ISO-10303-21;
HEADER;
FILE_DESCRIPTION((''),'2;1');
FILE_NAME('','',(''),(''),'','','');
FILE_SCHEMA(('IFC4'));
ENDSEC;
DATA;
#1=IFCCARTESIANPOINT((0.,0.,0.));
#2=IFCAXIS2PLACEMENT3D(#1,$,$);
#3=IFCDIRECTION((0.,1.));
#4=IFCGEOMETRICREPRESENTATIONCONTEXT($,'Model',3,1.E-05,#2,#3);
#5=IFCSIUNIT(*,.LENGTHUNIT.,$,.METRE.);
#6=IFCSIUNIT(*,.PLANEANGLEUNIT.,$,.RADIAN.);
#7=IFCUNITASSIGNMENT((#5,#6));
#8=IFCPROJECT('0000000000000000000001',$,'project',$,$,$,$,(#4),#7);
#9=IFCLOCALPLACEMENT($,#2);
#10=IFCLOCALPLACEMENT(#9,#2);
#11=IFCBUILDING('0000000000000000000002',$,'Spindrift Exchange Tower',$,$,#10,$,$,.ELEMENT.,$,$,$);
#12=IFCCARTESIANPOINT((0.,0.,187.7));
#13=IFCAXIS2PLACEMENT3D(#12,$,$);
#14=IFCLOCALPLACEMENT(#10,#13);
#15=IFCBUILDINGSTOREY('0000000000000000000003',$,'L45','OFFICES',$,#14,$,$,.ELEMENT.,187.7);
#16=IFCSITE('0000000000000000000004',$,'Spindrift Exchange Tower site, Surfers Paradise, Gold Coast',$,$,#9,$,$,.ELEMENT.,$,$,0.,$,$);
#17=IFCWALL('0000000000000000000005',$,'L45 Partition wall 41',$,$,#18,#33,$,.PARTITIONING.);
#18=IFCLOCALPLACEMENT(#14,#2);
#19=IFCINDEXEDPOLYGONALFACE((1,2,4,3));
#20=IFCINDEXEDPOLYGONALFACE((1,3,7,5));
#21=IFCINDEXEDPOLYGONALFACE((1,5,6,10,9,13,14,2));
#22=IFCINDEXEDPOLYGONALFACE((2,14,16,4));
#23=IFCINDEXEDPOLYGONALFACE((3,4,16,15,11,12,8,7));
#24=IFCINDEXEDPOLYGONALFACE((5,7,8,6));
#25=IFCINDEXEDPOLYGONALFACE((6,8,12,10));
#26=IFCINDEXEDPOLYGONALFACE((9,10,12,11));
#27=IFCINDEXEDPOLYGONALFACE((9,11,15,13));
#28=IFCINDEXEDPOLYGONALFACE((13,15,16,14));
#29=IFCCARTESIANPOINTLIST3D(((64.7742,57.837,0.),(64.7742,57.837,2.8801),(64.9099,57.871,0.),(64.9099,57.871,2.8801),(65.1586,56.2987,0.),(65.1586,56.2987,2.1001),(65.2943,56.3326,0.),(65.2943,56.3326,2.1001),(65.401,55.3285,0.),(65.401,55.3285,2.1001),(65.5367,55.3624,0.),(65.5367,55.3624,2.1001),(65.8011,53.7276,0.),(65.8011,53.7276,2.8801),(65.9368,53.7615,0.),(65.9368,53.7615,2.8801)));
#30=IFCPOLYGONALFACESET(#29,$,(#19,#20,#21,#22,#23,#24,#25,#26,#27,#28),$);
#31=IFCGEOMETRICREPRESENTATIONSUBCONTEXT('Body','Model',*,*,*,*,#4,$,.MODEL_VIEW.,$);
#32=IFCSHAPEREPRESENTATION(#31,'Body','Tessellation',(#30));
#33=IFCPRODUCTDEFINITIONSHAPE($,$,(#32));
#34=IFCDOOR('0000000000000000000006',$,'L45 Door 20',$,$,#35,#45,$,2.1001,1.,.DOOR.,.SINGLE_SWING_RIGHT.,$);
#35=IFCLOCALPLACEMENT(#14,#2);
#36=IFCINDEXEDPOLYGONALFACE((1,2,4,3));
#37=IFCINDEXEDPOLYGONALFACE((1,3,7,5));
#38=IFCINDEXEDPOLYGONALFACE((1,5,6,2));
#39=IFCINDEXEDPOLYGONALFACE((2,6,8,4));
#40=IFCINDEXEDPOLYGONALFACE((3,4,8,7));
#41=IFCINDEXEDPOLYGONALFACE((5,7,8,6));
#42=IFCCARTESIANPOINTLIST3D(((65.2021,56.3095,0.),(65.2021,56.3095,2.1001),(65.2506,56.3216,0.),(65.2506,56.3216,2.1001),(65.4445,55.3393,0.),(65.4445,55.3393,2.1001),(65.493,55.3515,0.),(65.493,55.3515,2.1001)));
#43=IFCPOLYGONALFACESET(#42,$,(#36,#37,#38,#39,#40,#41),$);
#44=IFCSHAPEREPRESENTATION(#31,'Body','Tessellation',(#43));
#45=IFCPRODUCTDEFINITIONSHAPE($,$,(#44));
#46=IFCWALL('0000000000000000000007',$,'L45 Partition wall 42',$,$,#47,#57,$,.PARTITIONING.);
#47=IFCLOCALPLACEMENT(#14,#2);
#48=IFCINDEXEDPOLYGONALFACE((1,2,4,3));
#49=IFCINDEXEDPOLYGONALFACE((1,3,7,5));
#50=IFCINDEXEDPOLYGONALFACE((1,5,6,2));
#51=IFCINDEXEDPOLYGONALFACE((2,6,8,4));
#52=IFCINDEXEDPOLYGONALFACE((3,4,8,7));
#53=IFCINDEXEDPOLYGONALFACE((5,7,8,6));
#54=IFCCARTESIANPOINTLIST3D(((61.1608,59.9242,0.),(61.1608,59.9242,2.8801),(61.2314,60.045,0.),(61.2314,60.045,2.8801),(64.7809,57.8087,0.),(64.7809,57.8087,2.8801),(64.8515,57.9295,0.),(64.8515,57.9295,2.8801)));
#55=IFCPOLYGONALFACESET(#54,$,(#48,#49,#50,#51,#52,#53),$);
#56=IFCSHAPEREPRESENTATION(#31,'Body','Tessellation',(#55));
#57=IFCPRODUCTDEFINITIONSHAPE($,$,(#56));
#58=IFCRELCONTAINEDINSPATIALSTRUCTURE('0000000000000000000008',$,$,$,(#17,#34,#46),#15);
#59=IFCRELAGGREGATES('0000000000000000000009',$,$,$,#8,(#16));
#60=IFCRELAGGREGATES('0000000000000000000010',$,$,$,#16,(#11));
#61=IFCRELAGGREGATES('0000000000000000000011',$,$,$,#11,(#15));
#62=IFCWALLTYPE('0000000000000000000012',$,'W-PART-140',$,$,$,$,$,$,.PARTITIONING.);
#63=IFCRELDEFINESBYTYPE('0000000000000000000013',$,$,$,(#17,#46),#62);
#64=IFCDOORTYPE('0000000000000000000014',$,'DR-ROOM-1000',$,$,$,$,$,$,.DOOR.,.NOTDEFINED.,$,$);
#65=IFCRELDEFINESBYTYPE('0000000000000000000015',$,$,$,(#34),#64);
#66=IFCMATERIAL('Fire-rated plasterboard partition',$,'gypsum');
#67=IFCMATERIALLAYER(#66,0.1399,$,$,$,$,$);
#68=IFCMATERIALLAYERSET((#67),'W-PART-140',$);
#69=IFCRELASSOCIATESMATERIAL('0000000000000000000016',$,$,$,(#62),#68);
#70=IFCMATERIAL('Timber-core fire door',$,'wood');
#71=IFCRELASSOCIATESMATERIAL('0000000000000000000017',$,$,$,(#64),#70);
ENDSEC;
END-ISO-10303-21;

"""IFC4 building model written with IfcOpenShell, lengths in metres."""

from ifc_helpers import new_model, si_unit, direction, frame, frame_2d, origin, place, context, subcontext, project, spatial, rectangle, extrude, source, transform, mapped, material, layer, layer_set, type_object, element, fill, save


model = new_model("IFC4")

# Units and contexts
model_context = context("Model", 3, precision=1e-05, world=origin(), true_north=direction((0.0, 1.0)))
body_context = subcontext(model_context, "Body", "Model", "MODEL_VIEW")
ifc_project = project(units=[si_unit("LENGTHUNIT", "METRE"), si_unit("PLANEANGLEUNIT", "RADIAN")], contexts=[model_context])

# Site, building, storey
site_placement = place(None, origin())
site = spatial("IfcSite", under=ifc_project, at=site_placement, Name="Spindrift Exchange Tower site, Surfers Paradise, Gold Coast", CompositionType="ELEMENT", RefElevation=0.0)
building_placement = place(site_placement, origin())
building = spatial("IfcBuilding", under=site, at=building_placement, Name="Spindrift Exchange Tower", CompositionType="ELEMENT")
storey_placement = place(building_placement, frame((0.0, 0.0, 187.7)))
storey = spatial("IfcBuildingStorey", under=building, at=storey_placement, Name="L45", Description="OFFICES", CompositionType="ELEMENT", Elevation=187.7)

# Wall, opening, door
ifc_material_1 = material(Name="Fire-rated plasterboard partition", Category="gypsum")
ifc_layer_1 = layer(ifc_material_1, 0.1399)
ifc_layer_set_1 = layer_set([ifc_layer_1], Name="W-PART-140")
wall_type = type_object("IfcWallType", Name="W-PART-140", PredefinedType="PARTITIONING", material=ifc_layer_set_1)
wall_1_placement = place(storey_placement, frame((64.842, 57.854, 0.0), z_axis=(0.0, 0.0, 1.0), x_axis=(0.242427, -0.97017, 0.0)))
wall_1 = element("IfcWall", 1, at=wall_1_placement, inside=storey, type_object=wall_type, Name="L45 Partition wall 41", PredefinedType="PARTITIONING", context=body_context, shape_type="SweptSolid", body=[
    extrude(rectangle(XDim=4.2358, YDim=0.1399, at=frame_2d((2.1179, 0.0))), origin(), (0.0, 0.0, 1.0), 2.8801),
])
opening_placement = place(wall_1_placement, frame((1.5857, 0.0, 0.0)))
opening = element("IfcOpeningElement", 2, at=opening_placement, cuts=wall_1, PredefinedType="OPENING", context=body_context, shape_type="SweptSolid", body=[
    extrude(rectangle(XDim=1.0, YDim=2.1001, at=frame_2d((0.5, 1.05))), frame((0.0, 0.0798, 0.0), z_axis=(0.0, -1.0, 0.0), x_axis=(1.0, 0.0, 0.0)), (0.0, 0.0, 1.0), 0.1599),
])
ifc_material_2 = material(Name="Timber-core fire door", Category="wood")
door_type = type_object("IfcDoorType", Name="DR-ROOM-1000", OperationType="NOTDEFINED", PredefinedType="DOOR", material=ifc_material_2)
shared_shape_1 = source(origin(), body_context, "Body", "SweptSolid", [
    extrude(rectangle(XDim=1.0, YDim=2.1001, at=frame_2d((0.5, 1.05))), frame((0.0, 0.0249, 0.0), z_axis=(0.0, -1.0, 0.0), x_axis=(1.0, 0.0, 0.0)), (0.0, 0.0, 1.0), 0.05),
])
door_placement = place(opening_placement, origin())
door = element("IfcDoor", 3, at=door_placement, inside=storey, type_object=door_type, Name="L45 Door 20", OperationType="SINGLE_SWING_RIGHT", OverallHeight=2.1001, OverallWidth=1.0, PredefinedType="DOOR", context=body_context, shape_type="MappedRepresentation", body=[
    mapped(shared_shape_1, transform((0.0, 0.0, 0.0), scale=1.0)),
])
fill(opening, door)

# Wall
wall_2_placement = place(storey_placement, frame((64.8162, 57.8691, 0.0), z_axis=(0.0, 0.0, 1.0), x_axis=(-0.86339, 0.504537, 0.0)))
element("IfcWall", 4, at=wall_2_placement, inside=storey, type_object=wall_type, Name="L45 Partition wall 42", PredefinedType="PARTITIONING", context=body_context, shape_type="SweptSolid", body=[
    extrude(rectangle(XDim=4.1929, YDim=0.1399, at=frame_2d((2.0964, 0.0))), origin(), (0.0, 0.0, 1.0), 2.8801),
])

save(model, "model.ifc")
